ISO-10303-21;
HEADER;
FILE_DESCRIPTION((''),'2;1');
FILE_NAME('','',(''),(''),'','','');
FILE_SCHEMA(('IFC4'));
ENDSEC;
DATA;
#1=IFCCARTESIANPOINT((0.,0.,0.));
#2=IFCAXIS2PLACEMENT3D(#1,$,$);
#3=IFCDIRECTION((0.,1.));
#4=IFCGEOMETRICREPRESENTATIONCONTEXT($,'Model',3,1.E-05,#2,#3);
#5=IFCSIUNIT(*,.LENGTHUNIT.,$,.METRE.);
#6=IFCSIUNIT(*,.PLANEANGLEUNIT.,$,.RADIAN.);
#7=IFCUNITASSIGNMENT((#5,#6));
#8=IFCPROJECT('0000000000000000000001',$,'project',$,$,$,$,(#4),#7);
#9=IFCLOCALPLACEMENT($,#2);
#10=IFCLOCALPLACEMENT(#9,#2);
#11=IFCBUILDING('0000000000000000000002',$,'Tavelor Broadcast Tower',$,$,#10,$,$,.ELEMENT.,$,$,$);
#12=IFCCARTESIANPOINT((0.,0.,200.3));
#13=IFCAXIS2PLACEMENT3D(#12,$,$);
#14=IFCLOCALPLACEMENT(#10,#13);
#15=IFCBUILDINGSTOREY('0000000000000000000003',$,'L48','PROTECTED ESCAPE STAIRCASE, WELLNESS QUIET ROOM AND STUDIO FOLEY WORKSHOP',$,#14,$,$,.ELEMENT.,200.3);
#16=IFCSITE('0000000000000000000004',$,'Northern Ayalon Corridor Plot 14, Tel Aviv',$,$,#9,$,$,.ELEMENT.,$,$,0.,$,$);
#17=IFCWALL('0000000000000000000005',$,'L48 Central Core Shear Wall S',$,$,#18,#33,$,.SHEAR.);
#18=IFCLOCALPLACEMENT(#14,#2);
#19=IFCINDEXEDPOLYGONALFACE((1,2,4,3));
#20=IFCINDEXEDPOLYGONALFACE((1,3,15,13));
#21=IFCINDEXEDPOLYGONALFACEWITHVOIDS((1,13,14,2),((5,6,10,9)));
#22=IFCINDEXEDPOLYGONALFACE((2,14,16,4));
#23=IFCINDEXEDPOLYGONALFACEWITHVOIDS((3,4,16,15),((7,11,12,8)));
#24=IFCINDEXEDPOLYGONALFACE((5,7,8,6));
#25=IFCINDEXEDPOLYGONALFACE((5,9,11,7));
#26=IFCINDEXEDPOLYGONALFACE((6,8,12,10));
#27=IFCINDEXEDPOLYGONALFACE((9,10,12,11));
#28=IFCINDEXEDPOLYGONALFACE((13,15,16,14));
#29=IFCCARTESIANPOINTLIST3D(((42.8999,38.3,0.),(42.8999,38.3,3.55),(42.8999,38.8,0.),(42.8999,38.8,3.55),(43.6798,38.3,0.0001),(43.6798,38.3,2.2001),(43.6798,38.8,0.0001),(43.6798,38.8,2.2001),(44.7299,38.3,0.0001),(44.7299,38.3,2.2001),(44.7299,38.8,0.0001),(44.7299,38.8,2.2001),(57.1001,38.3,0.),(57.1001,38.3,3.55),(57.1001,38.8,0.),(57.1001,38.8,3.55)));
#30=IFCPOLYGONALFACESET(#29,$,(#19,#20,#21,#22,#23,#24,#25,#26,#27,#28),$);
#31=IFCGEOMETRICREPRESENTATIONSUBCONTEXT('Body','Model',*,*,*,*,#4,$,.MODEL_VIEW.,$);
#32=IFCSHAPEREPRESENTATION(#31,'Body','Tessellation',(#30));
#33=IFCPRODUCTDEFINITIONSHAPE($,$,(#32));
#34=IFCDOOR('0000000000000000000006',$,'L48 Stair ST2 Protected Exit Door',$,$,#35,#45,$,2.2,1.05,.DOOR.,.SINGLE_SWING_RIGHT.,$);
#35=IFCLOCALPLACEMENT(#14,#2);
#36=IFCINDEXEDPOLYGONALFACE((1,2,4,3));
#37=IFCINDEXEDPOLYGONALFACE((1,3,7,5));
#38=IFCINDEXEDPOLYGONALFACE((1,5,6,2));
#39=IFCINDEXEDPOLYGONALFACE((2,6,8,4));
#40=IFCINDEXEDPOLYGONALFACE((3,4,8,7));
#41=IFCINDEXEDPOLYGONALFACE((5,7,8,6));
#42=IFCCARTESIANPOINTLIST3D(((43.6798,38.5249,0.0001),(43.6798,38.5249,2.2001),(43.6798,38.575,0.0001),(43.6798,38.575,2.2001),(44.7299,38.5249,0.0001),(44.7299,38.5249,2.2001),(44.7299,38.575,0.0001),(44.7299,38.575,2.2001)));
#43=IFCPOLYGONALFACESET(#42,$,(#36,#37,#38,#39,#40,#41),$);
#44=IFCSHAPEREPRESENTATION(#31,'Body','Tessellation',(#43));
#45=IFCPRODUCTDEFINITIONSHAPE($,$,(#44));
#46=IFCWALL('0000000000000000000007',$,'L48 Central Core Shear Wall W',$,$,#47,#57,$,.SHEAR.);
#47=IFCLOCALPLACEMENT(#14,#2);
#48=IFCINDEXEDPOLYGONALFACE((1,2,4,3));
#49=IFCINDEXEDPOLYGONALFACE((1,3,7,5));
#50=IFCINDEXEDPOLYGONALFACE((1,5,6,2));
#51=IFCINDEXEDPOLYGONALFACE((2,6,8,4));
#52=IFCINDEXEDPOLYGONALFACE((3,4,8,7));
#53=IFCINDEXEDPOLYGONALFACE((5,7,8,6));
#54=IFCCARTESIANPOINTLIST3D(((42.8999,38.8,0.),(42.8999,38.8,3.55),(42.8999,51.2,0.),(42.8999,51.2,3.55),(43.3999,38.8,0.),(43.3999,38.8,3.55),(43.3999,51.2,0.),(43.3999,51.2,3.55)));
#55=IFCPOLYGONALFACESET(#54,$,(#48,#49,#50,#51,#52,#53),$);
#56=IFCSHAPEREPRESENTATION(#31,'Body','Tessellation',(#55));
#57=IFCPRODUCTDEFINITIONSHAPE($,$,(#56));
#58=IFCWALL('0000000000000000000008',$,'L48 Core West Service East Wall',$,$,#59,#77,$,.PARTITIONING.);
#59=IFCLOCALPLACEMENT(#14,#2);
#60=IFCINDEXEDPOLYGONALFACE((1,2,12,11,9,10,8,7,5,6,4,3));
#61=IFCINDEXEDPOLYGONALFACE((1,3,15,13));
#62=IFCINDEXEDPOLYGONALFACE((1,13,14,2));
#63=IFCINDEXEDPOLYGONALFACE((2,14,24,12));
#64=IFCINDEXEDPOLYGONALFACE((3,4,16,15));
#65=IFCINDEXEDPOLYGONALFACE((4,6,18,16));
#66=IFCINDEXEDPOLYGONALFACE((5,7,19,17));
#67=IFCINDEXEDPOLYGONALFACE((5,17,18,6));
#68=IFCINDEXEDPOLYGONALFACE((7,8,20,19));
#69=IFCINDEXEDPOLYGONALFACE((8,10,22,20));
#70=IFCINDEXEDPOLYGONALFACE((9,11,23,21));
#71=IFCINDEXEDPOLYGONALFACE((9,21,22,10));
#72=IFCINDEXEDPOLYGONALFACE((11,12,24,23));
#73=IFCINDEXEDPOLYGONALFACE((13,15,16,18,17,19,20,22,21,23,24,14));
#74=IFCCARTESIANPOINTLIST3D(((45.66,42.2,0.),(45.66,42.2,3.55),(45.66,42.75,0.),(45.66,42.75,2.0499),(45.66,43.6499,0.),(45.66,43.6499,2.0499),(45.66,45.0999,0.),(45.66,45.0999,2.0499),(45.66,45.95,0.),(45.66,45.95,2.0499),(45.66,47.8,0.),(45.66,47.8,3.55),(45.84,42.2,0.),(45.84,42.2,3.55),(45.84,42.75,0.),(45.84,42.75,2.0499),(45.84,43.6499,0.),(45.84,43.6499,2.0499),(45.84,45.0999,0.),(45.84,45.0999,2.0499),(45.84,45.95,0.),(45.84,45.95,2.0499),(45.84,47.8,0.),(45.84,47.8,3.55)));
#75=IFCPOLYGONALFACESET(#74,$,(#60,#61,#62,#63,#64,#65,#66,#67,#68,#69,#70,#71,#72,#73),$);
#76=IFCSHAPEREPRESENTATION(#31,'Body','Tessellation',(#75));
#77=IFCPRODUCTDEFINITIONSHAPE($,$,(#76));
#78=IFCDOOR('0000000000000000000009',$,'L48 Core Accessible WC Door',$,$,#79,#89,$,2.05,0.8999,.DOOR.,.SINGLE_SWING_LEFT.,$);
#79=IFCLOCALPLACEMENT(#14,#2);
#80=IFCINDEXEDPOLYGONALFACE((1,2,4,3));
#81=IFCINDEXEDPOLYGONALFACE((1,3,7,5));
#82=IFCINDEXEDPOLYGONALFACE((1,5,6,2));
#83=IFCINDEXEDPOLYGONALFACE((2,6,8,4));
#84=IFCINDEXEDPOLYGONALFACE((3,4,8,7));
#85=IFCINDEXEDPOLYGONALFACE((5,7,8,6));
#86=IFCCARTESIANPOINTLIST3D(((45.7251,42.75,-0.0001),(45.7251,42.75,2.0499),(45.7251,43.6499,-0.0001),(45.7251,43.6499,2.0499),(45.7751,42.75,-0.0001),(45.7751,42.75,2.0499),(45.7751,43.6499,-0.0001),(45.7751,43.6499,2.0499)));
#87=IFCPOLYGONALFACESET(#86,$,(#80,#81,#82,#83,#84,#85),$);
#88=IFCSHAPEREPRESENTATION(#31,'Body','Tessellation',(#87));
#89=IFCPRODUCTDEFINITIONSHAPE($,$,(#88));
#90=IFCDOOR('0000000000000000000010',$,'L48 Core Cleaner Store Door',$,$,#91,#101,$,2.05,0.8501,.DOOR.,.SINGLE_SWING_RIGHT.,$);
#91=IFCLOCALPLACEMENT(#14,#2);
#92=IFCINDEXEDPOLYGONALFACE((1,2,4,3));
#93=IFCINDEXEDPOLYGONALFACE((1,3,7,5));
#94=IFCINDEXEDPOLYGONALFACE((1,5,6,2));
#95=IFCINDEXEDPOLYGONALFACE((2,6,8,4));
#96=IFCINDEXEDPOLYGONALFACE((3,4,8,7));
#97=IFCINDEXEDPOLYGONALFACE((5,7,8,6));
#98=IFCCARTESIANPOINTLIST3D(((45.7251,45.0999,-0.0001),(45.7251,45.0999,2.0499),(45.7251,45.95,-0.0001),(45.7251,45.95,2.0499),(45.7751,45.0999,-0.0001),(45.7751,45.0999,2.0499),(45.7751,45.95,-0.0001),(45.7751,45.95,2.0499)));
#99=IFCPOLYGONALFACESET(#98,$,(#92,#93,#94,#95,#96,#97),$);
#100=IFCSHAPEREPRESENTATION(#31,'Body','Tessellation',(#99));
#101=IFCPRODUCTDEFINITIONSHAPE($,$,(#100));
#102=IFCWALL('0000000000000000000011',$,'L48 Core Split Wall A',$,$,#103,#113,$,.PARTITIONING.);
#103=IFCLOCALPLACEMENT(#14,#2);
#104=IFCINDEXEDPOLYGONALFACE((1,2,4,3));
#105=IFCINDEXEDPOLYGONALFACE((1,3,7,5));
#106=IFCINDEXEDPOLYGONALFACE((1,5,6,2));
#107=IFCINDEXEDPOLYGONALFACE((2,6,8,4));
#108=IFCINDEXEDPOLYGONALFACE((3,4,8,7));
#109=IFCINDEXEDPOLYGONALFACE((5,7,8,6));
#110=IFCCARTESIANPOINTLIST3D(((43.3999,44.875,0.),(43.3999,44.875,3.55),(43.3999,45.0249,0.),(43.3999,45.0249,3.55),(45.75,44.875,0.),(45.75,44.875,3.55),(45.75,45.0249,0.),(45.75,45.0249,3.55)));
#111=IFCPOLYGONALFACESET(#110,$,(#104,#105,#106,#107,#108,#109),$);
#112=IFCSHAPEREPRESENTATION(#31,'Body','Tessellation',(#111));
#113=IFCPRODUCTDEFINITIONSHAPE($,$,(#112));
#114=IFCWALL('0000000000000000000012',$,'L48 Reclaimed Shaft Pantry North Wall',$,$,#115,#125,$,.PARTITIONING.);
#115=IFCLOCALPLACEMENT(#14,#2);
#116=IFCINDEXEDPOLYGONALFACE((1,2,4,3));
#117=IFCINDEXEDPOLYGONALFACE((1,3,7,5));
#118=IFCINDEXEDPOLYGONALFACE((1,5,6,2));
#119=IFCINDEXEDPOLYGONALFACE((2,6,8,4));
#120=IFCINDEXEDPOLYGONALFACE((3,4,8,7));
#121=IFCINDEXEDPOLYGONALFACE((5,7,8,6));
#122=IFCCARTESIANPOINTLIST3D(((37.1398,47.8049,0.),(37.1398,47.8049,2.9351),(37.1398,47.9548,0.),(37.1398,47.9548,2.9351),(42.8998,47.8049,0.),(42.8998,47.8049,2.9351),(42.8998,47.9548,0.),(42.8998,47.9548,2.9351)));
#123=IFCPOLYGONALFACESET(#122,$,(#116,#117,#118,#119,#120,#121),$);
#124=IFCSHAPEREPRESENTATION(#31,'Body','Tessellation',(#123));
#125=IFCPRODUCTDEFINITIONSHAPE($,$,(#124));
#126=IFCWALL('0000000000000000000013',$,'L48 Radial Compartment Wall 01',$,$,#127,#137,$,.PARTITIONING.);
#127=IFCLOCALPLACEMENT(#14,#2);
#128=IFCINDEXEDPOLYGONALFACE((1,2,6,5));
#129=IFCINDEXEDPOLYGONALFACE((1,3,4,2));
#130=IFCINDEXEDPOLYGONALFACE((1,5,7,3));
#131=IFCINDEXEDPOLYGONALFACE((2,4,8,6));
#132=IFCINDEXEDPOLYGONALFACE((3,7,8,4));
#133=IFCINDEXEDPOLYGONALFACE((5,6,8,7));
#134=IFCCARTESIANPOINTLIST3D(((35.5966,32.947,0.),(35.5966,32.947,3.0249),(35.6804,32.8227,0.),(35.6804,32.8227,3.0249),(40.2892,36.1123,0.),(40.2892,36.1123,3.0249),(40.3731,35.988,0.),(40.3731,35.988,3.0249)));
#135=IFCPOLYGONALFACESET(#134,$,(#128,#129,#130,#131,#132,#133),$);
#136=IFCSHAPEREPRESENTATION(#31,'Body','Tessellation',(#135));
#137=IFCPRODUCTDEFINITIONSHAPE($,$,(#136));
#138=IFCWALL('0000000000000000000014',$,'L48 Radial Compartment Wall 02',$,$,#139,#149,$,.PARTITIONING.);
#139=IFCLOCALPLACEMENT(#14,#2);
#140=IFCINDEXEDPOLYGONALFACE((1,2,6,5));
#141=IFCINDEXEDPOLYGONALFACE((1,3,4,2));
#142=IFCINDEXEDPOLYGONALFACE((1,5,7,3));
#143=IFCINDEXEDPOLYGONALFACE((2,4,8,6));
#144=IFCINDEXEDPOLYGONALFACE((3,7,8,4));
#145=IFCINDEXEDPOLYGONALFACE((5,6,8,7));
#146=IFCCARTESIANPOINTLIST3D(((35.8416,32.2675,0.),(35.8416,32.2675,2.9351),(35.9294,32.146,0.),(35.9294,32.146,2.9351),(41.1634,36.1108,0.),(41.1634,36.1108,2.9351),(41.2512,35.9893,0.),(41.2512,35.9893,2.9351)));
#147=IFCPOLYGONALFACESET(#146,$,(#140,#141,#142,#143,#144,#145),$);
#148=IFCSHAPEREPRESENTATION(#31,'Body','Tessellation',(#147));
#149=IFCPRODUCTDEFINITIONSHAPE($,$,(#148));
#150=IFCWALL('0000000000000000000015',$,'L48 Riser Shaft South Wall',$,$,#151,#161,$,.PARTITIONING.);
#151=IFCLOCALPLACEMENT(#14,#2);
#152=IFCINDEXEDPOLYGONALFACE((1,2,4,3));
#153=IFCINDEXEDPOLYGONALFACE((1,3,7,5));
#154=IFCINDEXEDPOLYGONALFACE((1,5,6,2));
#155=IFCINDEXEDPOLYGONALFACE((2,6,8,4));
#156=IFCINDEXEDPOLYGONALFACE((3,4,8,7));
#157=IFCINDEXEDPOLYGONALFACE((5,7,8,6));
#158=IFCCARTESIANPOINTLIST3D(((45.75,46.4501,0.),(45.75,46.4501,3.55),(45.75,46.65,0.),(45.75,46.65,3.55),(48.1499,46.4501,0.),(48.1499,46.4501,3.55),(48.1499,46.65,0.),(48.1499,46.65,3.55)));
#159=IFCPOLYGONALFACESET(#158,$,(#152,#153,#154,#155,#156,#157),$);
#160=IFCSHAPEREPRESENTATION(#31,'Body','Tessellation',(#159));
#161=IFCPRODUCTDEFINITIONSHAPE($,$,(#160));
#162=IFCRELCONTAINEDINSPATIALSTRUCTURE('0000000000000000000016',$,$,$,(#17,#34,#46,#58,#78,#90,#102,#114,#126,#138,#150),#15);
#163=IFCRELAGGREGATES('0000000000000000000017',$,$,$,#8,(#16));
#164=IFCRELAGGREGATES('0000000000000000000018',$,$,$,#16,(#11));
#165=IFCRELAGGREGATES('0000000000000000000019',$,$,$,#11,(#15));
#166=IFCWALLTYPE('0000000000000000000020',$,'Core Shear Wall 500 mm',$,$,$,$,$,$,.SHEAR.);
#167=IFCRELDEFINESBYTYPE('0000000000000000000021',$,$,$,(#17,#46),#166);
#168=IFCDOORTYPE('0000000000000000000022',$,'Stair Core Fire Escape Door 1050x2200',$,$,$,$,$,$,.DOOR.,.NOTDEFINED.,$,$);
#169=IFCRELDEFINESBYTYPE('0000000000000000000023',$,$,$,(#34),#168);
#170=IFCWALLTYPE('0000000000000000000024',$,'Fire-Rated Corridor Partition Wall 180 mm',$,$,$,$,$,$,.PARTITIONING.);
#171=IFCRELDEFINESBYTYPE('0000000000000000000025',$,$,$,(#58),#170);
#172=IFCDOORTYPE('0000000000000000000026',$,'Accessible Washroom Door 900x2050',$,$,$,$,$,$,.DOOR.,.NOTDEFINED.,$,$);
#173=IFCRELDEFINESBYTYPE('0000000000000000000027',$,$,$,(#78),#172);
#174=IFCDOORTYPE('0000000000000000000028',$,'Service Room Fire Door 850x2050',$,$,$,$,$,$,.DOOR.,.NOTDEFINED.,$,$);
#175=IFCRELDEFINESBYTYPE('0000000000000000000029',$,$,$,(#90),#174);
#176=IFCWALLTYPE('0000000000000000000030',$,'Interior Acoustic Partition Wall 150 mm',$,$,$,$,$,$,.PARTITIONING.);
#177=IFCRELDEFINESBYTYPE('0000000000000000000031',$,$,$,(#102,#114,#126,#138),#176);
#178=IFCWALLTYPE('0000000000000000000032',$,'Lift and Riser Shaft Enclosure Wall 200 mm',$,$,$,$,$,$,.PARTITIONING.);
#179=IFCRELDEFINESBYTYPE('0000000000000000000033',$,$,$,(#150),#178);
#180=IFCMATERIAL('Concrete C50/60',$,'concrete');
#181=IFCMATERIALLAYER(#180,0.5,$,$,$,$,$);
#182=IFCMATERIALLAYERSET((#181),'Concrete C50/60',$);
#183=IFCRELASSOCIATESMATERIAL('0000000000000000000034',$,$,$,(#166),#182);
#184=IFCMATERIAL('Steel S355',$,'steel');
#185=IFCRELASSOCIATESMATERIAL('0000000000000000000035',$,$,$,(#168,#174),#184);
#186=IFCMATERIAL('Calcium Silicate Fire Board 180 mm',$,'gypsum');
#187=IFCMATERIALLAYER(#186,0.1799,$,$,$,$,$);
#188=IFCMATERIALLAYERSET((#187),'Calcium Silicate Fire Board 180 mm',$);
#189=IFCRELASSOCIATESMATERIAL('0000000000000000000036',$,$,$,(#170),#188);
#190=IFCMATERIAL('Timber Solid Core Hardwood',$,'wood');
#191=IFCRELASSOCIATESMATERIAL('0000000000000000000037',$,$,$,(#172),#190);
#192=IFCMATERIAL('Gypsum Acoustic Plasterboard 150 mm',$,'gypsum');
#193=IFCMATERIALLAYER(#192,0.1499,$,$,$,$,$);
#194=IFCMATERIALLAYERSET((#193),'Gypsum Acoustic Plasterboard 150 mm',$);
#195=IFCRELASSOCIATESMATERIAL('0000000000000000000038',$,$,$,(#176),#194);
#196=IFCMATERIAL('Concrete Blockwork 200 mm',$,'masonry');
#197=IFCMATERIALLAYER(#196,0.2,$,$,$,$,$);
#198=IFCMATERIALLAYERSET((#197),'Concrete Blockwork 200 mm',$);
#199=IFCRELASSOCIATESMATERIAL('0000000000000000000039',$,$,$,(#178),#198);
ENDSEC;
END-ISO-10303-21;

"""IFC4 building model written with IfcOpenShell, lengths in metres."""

from ifc_helpers import new_model, si_unit, direction, frame, frame_2d, origin, place, context, subcontext, project, spatial, rectangle, extrude, material, layer, layer_set, type_object, element, fill, save


model = new_model("IFC4")

# Units and contexts
model_context = context("Model", 3, precision=1e-05, world=origin(), true_north=direction((0.0, 1.0)))
body_context = subcontext(model_context, "Body", "Model", "MODEL_VIEW")
ifc_project = project(units=[si_unit("LENGTHUNIT", "METRE"), si_unit("PLANEANGLEUNIT", "RADIAN")], contexts=[model_context])

# Site, building, storey
site_placement = place(None, origin())
site = spatial("IfcSite", under=ifc_project, at=site_placement, Name="Northern Ayalon Corridor Plot 14, Tel Aviv", CompositionType="ELEMENT", RefElevation=0.0)
building_placement = place(site_placement, origin())
building = spatial("IfcBuilding", under=site, at=building_placement, Name="Tavelor Broadcast Tower", CompositionType="ELEMENT")
storey_placement = place(building_placement, frame((0.0, 0.0, 200.3)))
storey = spatial("IfcBuildingStorey", under=building, at=storey_placement, Name="L48", Description="PROTECTED ESCAPE STAIRCASE, WELLNESS QUIET ROOM AND STUDIO FOLEY WORKSHOP", CompositionType="ELEMENT", Elevation=200.3)

# Shared definitions
ifc_material_1 = material(Name="Concrete C50/60", Category="concrete")

# Shared definitions
ifc_material_2 = material(Name="Steel S355", Category="steel")

# Wall, opening, door
ifc_layer_1 = layer(ifc_material_1, 0.5)
ifc_layer_set_1 = layer_set([ifc_layer_1], Name="Concrete C50/60")
wall_type_1 = type_object("IfcWallType", Name="Core Shear Wall 500 mm", PredefinedType="SHEAR", material=ifc_layer_set_1)
wall_1_placement = place(storey_placement, frame((42.8999, 38.55, 0.0), z_axis=(0.0, 0.0, 1.0), x_axis=(1.0, 0.0, 0.0)))
wall_1 = element("IfcWall", 1, at=wall_1_placement, inside=storey, type_object=wall_type_1, Name="L48 Central Core Shear Wall S", PredefinedType="SHEAR", context=body_context, shape_type="SweptSolid", body=[
    extrude(rectangle(XDim=14.2002, YDim=0.5, at=frame_2d((7.1001, 0.0))), origin(), (0.0, 0.0, 1.0), 3.55),
])
opening_1_placement = place(wall_1_placement, frame((0.78, 0.0, 0.0)))
opening_1 = element("IfcOpeningElement", 2, at=opening_1_placement, cuts=wall_1, PredefinedType="OPENING", context=body_context, shape_type="SweptSolid", body=[
    extrude(rectangle(XDim=1.05, YDim=2.2, at=frame_2d((0.5249, 1.1001))), frame((0.0, 0.26, 0.0), z_axis=(0.0, -1.0, 0.0), x_axis=(1.0, 0.0, 0.0)), (0.0, 0.0, 1.0), 0.52),
])
door_type_1 = type_object("IfcDoorType", Name="Stair Core Fire Escape Door 1050x2200", OperationType="NOTDEFINED", PredefinedType="DOOR", material=ifc_material_2)
door_1_placement = place(opening_1_placement, origin())
door_1 = element("IfcDoor", 3, at=door_1_placement, inside=storey, type_object=door_type_1, Name="L48 Stair ST2 Protected Exit Door", OperationType="SINGLE_SWING_RIGHT", OverallHeight=2.2, OverallWidth=1.05, PredefinedType="DOOR", context=body_context, shape_type="SweptSolid", body=[
    extrude(rectangle(XDim=1.05, YDim=2.2, at=frame_2d((0.5249, 1.1001))), frame((0.0, 0.0249, 0.0), z_axis=(0.0, -1.0, 0.0), x_axis=(1.0, 0.0, 0.0)), (0.0, 0.0, 1.0), 0.05),
])
fill(opening_1, door_1)

# Wall
wall_2_placement = place(storey_placement, frame((43.1499, 38.8, 0.0), z_axis=(0.0, 0.0, 1.0), x_axis=(0.0, 1.0, 0.0)))
element("IfcWall", 4, at=wall_2_placement, inside=storey, type_object=wall_type_1, Name="L48 Central Core Shear Wall W", PredefinedType="SHEAR", context=body_context, shape_type="SweptSolid", body=[
    extrude(rectangle(XDim=12.3999, YDim=0.5, at=frame_2d((6.2, 0.0))), origin(), (0.0, 0.0, 1.0), 3.55),
])

# Wall, openings, doors
ifc_material_3 = material(Name="Calcium Silicate Fire Board 180 mm", Category="gypsum")
ifc_layer_2 = layer(ifc_material_3, 0.1799)
ifc_layer_set_2 = layer_set([ifc_layer_2], Name="Calcium Silicate Fire Board 180 mm")
wall_type_2 = type_object("IfcWallType", Name="Fire-Rated Corridor Partition Wall 180 mm", PredefinedType="PARTITIONING", material=ifc_layer_set_2)
wall_3_placement = place(storey_placement, frame((45.75, 42.2, 0.0), z_axis=(0.0, 0.0, 1.0), x_axis=(0.0, 1.0, 0.0)))
wall_3 = element("IfcWall", 5, at=wall_3_placement, inside=storey, type_object=wall_type_2, Name="L48 Core West Service East Wall", PredefinedType="PARTITIONING", context=body_context, shape_type="SweptSolid", body=[
    extrude(rectangle(XDim=5.6001, YDim=0.1799, at=frame_2d((2.8, 0.0))), origin(), (0.0, 0.0, 1.0), 3.55),
])
opening_2_placement = place(wall_3_placement, frame((0.55, 0.0, 0.0)))
opening_2 = element("IfcOpeningElement", 6, at=opening_2_placement, cuts=wall_3, PredefinedType="OPENING", context=body_context, shape_type="SweptSolid", body=[
    extrude(rectangle(XDim=0.8999, YDim=2.05, at=frame_2d((0.45, 1.0249))), frame((0.0, 0.1001, 0.0), z_axis=(0.0, -1.0, 0.0), x_axis=(1.0, 0.0, 0.0)), (0.0, 0.0, 1.0), 0.2),
])
opening_3_placement = place(wall_3_placement, frame((2.8999, 0.0, 0.0)))
opening_3 = element("IfcOpeningElement", 7, at=opening_3_placement, cuts=wall_3, PredefinedType="OPENING", context=body_context, shape_type="SweptSolid", body=[
    extrude(rectangle(XDim=0.8501, YDim=2.05, at=frame_2d((0.425, 1.0249))), frame((0.0, 0.1001, 0.0), z_axis=(0.0, -1.0, 0.0), x_axis=(1.0, 0.0, 0.0)), (0.0, 0.0, 1.0), 0.2),
])
ifc_material_4 = material(Name="Timber Solid Core Hardwood", Category="wood")
door_type_2 = type_object("IfcDoorType", Name="Accessible Washroom Door 900x2050", OperationType="NOTDEFINED", PredefinedType="DOOR", material=ifc_material_4)
door_2_placement = place(opening_2_placement, origin())
door_2 = element("IfcDoor", 8, at=door_2_placement, inside=storey, type_object=door_type_2, Name="L48 Core Accessible WC Door", OperationType="SINGLE_SWING_LEFT", OverallHeight=2.05, OverallWidth=0.8999, PredefinedType="DOOR", context=body_context, shape_type="SweptSolid", body=[
    extrude(rectangle(XDim=0.8999, YDim=2.05, at=frame_2d((0.45, 1.0249))), frame((0.0, 0.0249, 0.0), z_axis=(0.0, -1.0, 0.0), x_axis=(1.0, 0.0, 0.0)), (0.0, 0.0, 1.0), 0.05),
])
fill(opening_2, door_2)
door_type_3 = type_object("IfcDoorType", Name="Service Room Fire Door 850x2050", OperationType="NOTDEFINED", PredefinedType="DOOR", material=ifc_material_2)
door_3_placement = place(opening_3_placement, origin())
door_3 = element("IfcDoor", 9, at=door_3_placement, inside=storey, type_object=door_type_3, Name="L48 Core Cleaner Store Door", OperationType="SINGLE_SWING_RIGHT", OverallHeight=2.05, OverallWidth=0.8501, PredefinedType="DOOR", context=body_context, shape_type="SweptSolid", body=[
    extrude(rectangle(XDim=0.8501, YDim=2.05, at=frame_2d((0.425, 1.0249))), frame((0.0, 0.0249, 0.0), z_axis=(0.0, -1.0, 0.0), x_axis=(1.0, 0.0, 0.0)), (0.0, 0.0, 1.0), 0.05),
])
fill(opening_3, door_3)

# Walls
ifc_material_5 = material(Name="Gypsum Acoustic Plasterboard 150 mm", Category="gypsum")
ifc_layer_3 = layer(ifc_material_5, 0.1499)
ifc_layer_set_3 = layer_set([ifc_layer_3], Name="Gypsum Acoustic Plasterboard 150 mm")
wall_type_3 = type_object("IfcWallType", Name="Interior Acoustic Partition Wall 150 mm", PredefinedType="PARTITIONING", material=ifc_layer_set_3)
wall_4_placement = place(storey_placement, frame((43.3999, 44.95, 0.0), z_axis=(0.0, 0.0, 1.0), x_axis=(1.0, 0.0, 0.0)))
element("IfcWall", 10, at=wall_4_placement, inside=storey, type_object=wall_type_3, Name="L48 Core Split Wall A", PredefinedType="PARTITIONING", context=body_context, shape_type="SweptSolid", body=[
    extrude(rectangle(XDim=2.3501, YDim=0.1499, at=frame_2d((1.175, 0.0))), origin(), (0.0, 0.0, 1.0), 3.55),
])
wall_5_placement = place(storey_placement, frame((37.1399, 47.8799, 0.0), z_axis=(0.0, 0.0, 1.0), x_axis=(1.0, 0.0, 0.0)))
element("IfcWall", 11, at=wall_5_placement, inside=storey, type_object=wall_type_3, Name="L48 Reclaimed Shaft Pantry North Wall", PredefinedType="PARTITIONING", context=body_context, shape_type="SweptSolid", body=[
    extrude(rectangle(XDim=5.76, YDim=0.1499, at=frame_2d((2.8799, 0.0))), origin(), (0.0, 0.0, 1.0), 2.9351),
])
wall_6_placement = place(storey_placement, frame((40.3311, 36.05, 0.0), z_axis=(0.0, 0.0, 1.0), x_axis=(-0.829032, -0.559201, 0.0)))
element("IfcWall", 12, at=wall_6_placement, inside=storey, type_object=wall_type_3, Name="L48 Radial Compartment Wall 01", PredefinedType="PARTITIONING", context=body_context, shape_type="SweptSolid", body=[
    extrude(rectangle(XDim=5.6604, YDim=0.1499, at=frame_2d((2.8301, 0.0))), origin(), (0.0, 0.0, 1.0), 3.0249),
])
wall_7_placement = place(storey_placement, frame((41.2073, 36.05, 0.0), z_axis=(0.0, 0.0, 1.0), x_axis=(-0.810697, -0.585466, 0.0)))
element("IfcWall", 13, at=wall_7_placement, inside=storey, type_object=wall_type_3, Name="L48 Radial Compartment Wall 02", PredefinedType="PARTITIONING", context=body_context, shape_type="SweptSolid", body=[
    extrude(rectangle(XDim=6.5645, YDim=0.1499, at=frame_2d((3.2822, 0.0))), origin(), (0.0, 0.0, 1.0), 2.9351),
])
ifc_material_6 = material(Name="Concrete Blockwork 200 mm", Category="masonry")
ifc_layer_4 = layer(ifc_material_6, 0.2)
ifc_layer_set_4 = layer_set([ifc_layer_4], Name="Concrete Blockwork 200 mm")
wall_type_4 = type_object("IfcWallType", Name="Lift and Riser Shaft Enclosure Wall 200 mm", PredefinedType="PARTITIONING", material=ifc_layer_set_4)
wall_8_placement = place(storey_placement, frame((45.75, 46.55, 0.0), z_axis=(0.0, 0.0, 1.0), x_axis=(1.0, 0.0, 0.0)))
element("IfcWall", 14, at=wall_8_placement, inside=storey, type_object=wall_type_4, Name="L48 Riser Shaft South Wall", PredefinedType="PARTITIONING", context=body_context, shape_type="SweptSolid", body=[
    extrude(rectangle(XDim=2.3999, YDim=0.2, at=frame_2d((1.2, 0.0))), origin(), (0.0, 0.0, 1.0), 3.55),
])

save(model, "model.ifc")
